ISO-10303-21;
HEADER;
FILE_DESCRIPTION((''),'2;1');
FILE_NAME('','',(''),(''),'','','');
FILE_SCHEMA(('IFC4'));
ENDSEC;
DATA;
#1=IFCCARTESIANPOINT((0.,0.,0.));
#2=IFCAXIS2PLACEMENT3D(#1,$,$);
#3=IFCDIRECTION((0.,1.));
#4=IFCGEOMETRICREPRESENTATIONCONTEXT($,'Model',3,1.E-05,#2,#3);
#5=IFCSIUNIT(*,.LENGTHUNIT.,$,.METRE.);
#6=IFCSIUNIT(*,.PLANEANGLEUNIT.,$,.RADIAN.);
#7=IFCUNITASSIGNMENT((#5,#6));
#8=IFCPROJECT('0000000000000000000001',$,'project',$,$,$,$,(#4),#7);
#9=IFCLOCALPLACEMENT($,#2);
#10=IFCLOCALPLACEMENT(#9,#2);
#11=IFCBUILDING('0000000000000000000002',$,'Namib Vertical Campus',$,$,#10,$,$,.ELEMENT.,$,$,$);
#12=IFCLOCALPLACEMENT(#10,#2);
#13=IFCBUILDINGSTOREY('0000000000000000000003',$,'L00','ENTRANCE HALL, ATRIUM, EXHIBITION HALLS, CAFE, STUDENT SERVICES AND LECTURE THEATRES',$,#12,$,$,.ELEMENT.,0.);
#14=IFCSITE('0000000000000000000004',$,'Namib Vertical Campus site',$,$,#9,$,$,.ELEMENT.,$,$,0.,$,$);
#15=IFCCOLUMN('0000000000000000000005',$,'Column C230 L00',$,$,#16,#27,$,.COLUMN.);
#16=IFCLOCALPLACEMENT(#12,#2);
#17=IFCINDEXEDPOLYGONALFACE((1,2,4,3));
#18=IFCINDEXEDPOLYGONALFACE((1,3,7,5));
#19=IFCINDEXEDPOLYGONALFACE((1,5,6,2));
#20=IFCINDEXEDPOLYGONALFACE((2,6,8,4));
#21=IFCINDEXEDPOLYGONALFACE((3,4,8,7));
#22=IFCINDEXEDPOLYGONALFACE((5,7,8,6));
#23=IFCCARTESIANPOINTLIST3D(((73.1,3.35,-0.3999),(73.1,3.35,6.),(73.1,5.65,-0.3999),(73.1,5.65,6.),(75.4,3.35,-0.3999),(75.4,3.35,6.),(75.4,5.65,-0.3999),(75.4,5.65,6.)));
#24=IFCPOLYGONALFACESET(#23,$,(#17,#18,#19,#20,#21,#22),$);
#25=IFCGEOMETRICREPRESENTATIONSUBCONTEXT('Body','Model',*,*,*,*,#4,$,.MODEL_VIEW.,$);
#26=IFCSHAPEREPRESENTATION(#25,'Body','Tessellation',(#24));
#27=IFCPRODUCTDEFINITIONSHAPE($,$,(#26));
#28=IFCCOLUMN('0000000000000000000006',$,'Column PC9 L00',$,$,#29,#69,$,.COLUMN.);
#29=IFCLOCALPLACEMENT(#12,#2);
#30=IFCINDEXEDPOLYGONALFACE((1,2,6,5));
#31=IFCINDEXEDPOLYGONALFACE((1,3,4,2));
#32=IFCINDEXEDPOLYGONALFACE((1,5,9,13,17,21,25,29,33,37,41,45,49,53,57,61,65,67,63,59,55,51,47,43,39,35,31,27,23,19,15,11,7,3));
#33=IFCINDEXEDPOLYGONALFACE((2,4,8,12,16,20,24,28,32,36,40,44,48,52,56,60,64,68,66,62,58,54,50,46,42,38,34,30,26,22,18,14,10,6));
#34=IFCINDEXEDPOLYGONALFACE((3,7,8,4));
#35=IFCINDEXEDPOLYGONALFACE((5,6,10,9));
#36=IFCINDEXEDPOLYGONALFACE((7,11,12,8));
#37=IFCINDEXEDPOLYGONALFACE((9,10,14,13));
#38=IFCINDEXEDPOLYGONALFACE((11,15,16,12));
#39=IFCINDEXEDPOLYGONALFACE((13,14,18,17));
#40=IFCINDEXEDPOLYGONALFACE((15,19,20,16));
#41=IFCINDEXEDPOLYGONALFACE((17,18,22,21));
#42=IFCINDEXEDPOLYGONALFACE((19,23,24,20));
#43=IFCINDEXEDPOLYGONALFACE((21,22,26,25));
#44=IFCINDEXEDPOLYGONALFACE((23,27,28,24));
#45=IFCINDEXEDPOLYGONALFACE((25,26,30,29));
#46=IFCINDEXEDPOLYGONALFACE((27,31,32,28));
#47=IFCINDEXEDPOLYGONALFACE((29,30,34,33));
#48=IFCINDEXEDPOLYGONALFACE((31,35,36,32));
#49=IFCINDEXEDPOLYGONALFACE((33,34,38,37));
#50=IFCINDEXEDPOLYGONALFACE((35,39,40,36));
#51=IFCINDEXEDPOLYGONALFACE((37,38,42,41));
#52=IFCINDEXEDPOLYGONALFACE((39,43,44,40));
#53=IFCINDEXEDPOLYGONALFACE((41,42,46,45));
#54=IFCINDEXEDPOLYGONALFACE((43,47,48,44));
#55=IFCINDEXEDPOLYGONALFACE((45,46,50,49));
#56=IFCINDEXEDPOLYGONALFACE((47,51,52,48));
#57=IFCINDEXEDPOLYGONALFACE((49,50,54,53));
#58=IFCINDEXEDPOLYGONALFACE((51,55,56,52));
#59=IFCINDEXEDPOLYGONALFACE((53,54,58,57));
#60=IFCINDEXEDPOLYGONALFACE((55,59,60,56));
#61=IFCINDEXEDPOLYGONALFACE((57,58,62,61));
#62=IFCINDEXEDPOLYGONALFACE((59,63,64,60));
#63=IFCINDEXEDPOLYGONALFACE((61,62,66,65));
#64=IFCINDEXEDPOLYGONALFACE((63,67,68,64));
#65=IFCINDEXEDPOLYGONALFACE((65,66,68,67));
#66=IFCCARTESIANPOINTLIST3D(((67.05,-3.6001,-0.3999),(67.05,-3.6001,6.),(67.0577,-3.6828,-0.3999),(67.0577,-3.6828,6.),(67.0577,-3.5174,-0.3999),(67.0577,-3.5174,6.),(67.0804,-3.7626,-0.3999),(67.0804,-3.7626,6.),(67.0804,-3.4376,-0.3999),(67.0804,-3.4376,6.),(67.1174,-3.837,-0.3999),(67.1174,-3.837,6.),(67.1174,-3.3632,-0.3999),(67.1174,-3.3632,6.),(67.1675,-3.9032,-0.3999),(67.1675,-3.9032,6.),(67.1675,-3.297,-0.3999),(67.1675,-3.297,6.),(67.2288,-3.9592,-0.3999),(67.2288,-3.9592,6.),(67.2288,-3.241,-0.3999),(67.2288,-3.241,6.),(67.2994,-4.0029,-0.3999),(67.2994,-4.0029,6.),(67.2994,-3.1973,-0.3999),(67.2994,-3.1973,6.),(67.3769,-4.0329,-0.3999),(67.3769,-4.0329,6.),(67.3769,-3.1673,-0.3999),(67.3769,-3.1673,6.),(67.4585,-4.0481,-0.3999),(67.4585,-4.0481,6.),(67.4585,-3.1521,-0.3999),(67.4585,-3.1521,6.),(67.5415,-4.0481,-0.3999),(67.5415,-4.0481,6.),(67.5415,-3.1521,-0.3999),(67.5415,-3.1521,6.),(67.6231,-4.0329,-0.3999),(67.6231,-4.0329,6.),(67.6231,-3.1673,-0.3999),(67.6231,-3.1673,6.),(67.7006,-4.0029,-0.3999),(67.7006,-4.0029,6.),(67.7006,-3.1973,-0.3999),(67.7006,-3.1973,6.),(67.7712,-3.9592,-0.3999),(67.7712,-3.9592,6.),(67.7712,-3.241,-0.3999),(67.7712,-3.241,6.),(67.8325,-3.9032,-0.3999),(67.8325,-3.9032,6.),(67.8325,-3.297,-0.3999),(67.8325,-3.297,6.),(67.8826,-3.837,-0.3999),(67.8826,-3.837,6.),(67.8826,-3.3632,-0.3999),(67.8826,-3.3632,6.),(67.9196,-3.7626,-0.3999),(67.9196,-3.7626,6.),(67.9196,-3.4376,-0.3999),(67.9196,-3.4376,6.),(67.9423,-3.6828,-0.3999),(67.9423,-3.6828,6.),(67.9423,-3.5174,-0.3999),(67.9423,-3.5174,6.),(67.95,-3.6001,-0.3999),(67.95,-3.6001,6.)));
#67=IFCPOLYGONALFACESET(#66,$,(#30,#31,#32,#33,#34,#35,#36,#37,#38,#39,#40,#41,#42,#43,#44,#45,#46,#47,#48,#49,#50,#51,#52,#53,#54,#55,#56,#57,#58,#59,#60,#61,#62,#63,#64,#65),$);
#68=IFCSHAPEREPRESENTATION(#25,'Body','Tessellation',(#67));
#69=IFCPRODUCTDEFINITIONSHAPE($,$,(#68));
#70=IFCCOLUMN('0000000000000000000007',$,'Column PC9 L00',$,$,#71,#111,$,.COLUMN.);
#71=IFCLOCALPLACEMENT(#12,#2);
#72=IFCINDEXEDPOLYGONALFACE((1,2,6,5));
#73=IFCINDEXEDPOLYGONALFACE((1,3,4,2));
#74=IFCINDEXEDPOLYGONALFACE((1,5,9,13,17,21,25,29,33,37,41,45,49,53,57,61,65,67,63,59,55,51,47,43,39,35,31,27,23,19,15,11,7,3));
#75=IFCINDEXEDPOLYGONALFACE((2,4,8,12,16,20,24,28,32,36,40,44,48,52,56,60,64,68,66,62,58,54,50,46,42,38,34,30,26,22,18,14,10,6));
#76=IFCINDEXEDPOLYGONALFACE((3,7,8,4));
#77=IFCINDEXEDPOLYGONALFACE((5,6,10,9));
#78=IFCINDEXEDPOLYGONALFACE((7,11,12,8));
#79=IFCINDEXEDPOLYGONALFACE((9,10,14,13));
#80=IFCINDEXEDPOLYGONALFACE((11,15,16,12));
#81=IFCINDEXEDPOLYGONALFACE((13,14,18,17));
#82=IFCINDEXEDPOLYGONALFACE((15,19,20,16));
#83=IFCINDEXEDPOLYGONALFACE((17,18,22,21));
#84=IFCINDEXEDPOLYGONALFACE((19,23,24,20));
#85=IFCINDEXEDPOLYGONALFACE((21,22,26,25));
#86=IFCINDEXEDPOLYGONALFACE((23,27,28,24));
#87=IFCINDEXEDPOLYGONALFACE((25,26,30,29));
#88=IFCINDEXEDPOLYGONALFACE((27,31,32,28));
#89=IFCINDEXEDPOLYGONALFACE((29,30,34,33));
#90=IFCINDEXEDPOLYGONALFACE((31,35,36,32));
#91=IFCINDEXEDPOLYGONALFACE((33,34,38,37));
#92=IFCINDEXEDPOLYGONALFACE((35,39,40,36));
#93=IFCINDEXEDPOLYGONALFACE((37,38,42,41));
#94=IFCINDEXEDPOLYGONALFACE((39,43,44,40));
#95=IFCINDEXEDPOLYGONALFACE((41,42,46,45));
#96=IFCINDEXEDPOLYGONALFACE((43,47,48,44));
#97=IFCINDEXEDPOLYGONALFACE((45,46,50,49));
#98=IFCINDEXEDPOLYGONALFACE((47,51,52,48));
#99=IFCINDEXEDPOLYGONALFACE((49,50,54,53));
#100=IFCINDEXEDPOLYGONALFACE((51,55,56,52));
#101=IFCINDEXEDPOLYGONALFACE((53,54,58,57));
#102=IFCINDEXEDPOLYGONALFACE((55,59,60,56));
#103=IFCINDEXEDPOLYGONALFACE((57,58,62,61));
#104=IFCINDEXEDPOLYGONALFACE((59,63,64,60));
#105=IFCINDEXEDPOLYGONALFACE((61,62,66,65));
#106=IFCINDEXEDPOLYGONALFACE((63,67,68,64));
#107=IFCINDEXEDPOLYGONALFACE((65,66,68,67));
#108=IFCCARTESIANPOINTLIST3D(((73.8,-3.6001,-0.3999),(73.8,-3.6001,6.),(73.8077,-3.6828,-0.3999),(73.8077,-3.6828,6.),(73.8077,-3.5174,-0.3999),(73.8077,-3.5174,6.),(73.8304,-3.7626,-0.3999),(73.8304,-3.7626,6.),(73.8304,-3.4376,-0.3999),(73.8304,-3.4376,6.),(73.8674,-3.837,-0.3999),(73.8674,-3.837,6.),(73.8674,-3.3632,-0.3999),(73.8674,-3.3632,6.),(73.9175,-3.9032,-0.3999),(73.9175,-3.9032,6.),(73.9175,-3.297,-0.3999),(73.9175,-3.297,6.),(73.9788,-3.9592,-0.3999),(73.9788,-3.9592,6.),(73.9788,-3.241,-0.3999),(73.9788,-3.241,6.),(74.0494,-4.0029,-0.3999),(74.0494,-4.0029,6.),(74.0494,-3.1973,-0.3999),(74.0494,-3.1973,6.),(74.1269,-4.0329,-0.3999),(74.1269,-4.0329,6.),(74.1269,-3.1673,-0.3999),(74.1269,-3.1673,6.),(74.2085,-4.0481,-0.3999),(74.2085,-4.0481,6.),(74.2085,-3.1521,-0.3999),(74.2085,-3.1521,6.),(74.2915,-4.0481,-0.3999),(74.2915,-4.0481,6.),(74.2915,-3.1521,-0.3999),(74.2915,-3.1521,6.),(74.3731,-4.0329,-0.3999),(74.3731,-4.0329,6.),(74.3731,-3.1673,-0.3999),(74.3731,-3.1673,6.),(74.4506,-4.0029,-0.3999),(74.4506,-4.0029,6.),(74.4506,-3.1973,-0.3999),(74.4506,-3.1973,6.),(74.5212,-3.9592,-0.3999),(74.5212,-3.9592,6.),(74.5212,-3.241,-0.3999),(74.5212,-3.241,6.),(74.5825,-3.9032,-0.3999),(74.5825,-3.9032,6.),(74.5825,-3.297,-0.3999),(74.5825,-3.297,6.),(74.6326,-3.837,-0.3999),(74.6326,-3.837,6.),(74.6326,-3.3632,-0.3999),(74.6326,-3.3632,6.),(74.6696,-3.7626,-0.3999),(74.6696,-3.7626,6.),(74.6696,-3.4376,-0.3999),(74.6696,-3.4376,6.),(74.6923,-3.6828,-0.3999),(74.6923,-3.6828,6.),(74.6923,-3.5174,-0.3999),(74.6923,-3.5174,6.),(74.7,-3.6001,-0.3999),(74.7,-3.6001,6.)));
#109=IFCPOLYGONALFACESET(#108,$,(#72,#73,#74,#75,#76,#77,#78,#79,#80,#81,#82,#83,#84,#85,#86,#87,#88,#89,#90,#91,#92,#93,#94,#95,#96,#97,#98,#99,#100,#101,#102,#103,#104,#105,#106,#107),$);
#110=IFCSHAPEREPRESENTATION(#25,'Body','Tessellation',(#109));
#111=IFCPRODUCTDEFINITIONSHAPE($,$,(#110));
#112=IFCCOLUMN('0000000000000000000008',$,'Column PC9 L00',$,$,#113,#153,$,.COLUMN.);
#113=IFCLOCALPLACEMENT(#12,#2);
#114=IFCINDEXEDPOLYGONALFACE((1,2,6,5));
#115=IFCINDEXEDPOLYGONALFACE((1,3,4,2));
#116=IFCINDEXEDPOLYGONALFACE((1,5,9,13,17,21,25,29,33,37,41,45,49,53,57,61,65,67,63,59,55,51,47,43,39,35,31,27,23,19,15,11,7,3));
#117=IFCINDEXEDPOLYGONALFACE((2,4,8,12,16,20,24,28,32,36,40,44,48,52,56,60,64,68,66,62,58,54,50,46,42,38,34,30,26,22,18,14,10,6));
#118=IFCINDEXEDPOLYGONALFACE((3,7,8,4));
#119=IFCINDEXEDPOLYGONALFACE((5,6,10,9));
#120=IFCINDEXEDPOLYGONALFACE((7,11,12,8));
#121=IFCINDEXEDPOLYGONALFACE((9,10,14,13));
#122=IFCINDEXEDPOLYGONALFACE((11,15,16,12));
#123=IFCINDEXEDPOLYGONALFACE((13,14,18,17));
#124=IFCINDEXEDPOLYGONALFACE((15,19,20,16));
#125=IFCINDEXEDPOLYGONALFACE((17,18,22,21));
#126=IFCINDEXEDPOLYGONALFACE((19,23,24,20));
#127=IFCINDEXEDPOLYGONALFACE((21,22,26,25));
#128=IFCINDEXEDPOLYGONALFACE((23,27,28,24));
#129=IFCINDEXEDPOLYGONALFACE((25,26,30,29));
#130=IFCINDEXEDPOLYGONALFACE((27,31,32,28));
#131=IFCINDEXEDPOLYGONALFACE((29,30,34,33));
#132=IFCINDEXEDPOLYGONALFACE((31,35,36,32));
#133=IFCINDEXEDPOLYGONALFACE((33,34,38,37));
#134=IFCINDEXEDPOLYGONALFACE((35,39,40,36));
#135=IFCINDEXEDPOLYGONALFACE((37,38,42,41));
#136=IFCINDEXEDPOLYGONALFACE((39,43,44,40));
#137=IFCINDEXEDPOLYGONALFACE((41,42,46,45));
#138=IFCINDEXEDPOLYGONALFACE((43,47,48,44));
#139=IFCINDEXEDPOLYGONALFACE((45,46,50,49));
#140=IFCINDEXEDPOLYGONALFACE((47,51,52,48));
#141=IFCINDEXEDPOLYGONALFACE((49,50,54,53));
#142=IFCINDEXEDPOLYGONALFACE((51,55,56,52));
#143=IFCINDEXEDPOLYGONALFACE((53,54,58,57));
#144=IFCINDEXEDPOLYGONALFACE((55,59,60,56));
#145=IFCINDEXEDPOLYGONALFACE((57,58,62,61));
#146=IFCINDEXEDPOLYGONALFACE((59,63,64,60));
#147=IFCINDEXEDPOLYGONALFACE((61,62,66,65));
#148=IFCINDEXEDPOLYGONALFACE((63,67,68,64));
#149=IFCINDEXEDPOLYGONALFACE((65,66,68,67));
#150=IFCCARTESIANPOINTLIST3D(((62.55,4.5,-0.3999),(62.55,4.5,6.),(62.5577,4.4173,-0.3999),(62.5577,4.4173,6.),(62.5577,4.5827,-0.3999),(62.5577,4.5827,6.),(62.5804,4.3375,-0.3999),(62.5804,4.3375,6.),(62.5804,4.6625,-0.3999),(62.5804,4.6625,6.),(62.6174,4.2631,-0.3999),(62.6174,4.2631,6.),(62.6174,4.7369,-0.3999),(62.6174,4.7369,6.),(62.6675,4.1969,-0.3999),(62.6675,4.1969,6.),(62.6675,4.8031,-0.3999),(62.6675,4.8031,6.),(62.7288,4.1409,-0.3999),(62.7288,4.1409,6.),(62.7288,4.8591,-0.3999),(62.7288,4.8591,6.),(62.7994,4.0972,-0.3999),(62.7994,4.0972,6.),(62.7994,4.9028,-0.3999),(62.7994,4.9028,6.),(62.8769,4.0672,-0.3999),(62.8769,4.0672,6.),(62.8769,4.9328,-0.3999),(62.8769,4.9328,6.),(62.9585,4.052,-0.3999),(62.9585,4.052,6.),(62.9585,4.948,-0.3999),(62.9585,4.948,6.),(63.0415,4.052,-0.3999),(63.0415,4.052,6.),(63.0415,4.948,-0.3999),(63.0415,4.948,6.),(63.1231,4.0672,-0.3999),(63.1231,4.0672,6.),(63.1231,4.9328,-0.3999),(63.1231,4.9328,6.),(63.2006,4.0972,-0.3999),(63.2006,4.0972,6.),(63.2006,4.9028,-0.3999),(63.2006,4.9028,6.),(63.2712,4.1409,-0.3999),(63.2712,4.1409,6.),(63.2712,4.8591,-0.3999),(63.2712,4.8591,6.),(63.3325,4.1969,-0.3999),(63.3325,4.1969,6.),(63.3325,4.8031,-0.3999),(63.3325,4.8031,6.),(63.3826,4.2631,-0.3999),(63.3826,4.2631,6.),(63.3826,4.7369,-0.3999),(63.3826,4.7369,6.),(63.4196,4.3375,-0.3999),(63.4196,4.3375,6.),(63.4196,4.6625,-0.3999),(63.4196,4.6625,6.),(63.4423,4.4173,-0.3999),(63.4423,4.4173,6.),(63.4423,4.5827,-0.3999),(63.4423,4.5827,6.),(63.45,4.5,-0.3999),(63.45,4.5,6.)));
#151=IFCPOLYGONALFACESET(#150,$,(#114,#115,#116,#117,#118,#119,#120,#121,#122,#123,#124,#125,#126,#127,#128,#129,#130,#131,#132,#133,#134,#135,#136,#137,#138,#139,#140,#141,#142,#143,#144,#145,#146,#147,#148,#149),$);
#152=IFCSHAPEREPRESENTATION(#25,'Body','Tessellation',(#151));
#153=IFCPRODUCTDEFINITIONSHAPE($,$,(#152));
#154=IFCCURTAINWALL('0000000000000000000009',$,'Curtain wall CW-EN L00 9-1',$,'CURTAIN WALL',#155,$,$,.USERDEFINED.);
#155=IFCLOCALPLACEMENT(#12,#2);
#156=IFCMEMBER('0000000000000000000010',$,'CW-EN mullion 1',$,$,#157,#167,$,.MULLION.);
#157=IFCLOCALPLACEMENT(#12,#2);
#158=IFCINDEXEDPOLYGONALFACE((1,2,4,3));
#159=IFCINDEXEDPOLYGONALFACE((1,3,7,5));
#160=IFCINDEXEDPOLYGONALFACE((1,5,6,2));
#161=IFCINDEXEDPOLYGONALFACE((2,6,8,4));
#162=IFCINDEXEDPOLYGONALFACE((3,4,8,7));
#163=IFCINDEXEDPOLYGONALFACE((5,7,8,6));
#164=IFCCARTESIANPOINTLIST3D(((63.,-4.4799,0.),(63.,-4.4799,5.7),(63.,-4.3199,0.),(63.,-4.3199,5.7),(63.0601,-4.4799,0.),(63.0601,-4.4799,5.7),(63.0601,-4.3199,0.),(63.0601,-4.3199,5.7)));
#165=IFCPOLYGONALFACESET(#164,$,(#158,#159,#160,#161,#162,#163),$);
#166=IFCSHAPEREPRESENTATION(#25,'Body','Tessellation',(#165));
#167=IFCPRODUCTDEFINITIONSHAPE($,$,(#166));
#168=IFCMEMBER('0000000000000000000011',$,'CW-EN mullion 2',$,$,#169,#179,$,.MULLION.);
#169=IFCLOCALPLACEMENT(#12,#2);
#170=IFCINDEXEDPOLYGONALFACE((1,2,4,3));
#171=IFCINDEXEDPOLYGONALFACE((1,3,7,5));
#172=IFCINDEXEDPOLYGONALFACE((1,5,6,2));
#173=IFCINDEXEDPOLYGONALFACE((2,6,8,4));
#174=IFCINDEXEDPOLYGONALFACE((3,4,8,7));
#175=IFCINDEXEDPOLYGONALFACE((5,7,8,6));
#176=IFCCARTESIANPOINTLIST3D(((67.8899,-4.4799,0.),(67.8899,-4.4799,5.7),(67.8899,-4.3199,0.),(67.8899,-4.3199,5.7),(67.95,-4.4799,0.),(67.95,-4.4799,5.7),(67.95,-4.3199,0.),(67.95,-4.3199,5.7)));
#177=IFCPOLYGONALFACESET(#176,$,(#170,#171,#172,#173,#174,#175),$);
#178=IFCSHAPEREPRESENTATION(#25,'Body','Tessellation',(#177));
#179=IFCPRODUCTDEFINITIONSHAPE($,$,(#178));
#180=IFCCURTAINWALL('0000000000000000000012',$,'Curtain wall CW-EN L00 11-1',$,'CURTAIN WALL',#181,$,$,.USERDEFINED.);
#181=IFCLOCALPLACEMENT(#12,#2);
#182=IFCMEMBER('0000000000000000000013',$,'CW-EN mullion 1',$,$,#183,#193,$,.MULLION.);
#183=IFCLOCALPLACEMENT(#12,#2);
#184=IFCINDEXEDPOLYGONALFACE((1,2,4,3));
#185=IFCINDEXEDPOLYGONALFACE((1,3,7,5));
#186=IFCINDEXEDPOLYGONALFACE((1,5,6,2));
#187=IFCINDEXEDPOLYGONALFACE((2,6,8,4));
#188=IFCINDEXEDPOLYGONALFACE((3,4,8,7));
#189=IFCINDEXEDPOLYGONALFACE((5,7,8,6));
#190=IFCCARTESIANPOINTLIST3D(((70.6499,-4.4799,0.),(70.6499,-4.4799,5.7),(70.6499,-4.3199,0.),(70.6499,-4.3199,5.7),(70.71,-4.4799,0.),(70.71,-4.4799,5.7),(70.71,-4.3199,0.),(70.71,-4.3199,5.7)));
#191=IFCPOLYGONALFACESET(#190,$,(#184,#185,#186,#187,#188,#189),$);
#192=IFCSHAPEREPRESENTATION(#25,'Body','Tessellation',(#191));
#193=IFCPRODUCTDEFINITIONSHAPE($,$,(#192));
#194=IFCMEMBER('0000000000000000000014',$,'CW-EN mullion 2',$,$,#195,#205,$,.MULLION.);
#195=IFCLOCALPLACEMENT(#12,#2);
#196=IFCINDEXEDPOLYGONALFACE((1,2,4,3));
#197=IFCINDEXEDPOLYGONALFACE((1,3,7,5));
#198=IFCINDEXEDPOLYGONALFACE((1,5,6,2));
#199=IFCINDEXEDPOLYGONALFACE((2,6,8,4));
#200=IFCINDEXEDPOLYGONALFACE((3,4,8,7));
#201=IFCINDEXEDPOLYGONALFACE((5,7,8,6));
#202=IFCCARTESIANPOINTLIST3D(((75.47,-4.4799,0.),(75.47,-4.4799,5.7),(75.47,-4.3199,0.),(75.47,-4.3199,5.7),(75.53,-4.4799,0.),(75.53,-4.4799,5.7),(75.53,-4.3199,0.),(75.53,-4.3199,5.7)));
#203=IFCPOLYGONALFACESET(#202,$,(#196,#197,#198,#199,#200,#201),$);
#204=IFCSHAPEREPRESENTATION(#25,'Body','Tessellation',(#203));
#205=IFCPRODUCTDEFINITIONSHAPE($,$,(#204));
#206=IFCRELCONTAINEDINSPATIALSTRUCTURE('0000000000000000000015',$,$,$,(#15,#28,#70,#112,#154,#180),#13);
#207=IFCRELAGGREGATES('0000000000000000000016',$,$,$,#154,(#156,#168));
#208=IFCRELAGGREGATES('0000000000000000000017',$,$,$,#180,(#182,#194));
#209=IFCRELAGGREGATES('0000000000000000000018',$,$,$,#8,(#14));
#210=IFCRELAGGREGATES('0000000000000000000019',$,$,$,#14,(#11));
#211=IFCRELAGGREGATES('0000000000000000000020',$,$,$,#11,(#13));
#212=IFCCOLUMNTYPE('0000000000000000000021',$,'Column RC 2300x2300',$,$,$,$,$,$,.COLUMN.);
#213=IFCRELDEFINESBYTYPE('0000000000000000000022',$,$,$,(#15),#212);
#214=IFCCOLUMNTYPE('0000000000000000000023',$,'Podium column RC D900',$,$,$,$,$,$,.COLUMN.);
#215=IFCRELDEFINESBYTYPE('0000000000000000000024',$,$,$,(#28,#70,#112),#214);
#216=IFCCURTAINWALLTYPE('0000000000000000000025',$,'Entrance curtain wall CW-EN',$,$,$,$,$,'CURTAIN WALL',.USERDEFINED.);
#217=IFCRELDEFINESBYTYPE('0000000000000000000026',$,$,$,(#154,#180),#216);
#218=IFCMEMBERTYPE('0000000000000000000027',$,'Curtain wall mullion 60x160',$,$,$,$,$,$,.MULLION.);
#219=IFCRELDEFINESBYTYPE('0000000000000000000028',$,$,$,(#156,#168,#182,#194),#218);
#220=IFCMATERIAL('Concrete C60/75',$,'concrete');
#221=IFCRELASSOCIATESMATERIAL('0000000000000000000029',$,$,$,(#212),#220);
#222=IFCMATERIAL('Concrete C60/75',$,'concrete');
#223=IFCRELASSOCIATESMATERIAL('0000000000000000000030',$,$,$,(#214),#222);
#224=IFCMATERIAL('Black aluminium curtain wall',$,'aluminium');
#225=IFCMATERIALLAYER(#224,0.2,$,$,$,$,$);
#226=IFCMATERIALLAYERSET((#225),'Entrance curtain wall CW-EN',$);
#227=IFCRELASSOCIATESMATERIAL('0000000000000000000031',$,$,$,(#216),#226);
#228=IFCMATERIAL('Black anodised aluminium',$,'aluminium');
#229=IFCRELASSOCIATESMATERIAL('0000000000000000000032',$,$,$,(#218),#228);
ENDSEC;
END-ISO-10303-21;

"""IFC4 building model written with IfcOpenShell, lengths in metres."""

from ifc_helpers import new_model, si_unit, direction, frame, origin, origin_2d, place, context, subcontext, project, spatial, rectangle, circle, extrude, material, layer, layer_set, material_profile, profile_set, type_object, element, aggregate, save


model = new_model("IFC4")

# Units and contexts
model_context = context("Model", 3, precision=1e-05, world=origin(), true_north=direction((0.0, 1.0)))
body_context = subcontext(model_context, "Body", "Model", "MODEL_VIEW")
ifc_project = project(units=[si_unit("LENGTHUNIT", "METRE"), si_unit("PLANEANGLEUNIT", "RADIAN")], contexts=[model_context])

# Site, building, storey
site_placement = place(None, origin())
site = spatial("IfcSite", under=ifc_project, at=site_placement, Name="Namib Vertical Campus site", CompositionType="ELEMENT", RefElevation=0.0)
building_placement = place(site_placement, origin())
building = spatial("IfcBuilding", under=site, at=building_placement, Name="Namib Vertical Campus", CompositionType="ELEMENT")
storey_placement = place(building_placement, origin())
storey = spatial("IfcBuildingStorey", under=building, at=storey_placement, Name="L00", Description="ENTRANCE HALL, ATRIUM, EXHIBITION HALLS, CAFE, STUDENT SERVICES AND LECTURE THEATRES", CompositionType="ELEMENT", Elevation=0.0)

# Columns
ifc_material_1 = material(Name="Concrete C60/75", Category="concrete")
ifc_material_profile_1 = material_profile(ifc_material_1, rectangle(XDim=2.3, YDim=2.3, at=origin_2d()))
ifc_profile_set_1 = profile_set([ifc_material_profile_1], Name="Concrete C60/75")
column_type_1 = type_object("IfcColumnType", Name="Column RC 2300x2300", PredefinedType="COLUMN", material=ifc_profile_set_1)
for number, where, z_axis, x_axis, name in (
    (1, (74.25, 4.5, -0.3999), (0.0, 0.0, 1.0), (1.0, 0.0, 0.0), "Column C230 L00"),
):
    element("IfcColumn", number, at=place(storey_placement, frame(where, z_axis=z_axis, x_axis=x_axis)), inside=storey, type_object=column_type_1, Name=name, PredefinedType="COLUMN", context=body_context, shape_type="SweptSolid", body=[
        extrude(rectangle(XDim=2.3, YDim=2.3, at=origin_2d()), origin(), (0.0, 0.0, 1.0), 6.3999),
    ])
ifc_material_2 = material(Name="Concrete C60/75", Category="concrete")
ifc_material_profile_2 = material_profile(ifc_material_2, circle(Radius=0.45, at=origin_2d()))
ifc_profile_set_2 = profile_set([ifc_material_profile_2], Name="Concrete C60/75")
column_type_2 = type_object("IfcColumnType", Name="Podium column RC D900", PredefinedType="COLUMN", material=ifc_profile_set_2)
for number, where, z_axis, x_axis, name in (
    (2, (67.5, -3.6001, -0.3999), (0.0, 0.0, 1.0), (1.0, 0.0, 0.0), "Column PC9 L00"),
    (3, (74.25, -3.6001, -0.3999), (0.0, 0.0, 1.0), (1.0, 0.0, 0.0), "Column PC9 L00"),
    (4, (63.0, 4.5, -0.3999), (0.0, 0.0, 1.0), (1.0, 0.0, 0.0), "Column PC9 L00"),
):
    element("IfcColumn", number, at=place(storey_placement, frame(where, z_axis=z_axis, x_axis=x_axis)), inside=storey, type_object=column_type_2, Name=name, PredefinedType="COLUMN", context=body_context, shape_type="SweptSolid", body=[
        extrude(circle(Radius=0.45, at=origin_2d()), origin(), (0.0, 0.0, 1.0), 6.3999),
    ])

# Curtain walls, members
ifc_material_3 = material(Name="Black aluminium curtain wall", Category="aluminium")
ifc_layer_1 = layer(ifc_material_3, 0.2)
ifc_layer_set_1 = layer_set([ifc_layer_1], Name="Entrance curtain wall CW-EN")
curtain_wall_type = type_object("IfcCurtainWallType", Name="Entrance curtain wall CW-EN", ElementType="CURTAIN WALL", PredefinedType="USERDEFINED", material=ifc_layer_set_1)
curtain_wall_1_placement = place(storey_placement, origin())
curtain_wall_1 = element("IfcCurtainWall", 5, at=curtain_wall_1_placement, inside=storey, type_object=curtain_wall_type, Name="Curtain wall CW-EN L00 9-1", ObjectType="CURTAIN WALL", PredefinedType="USERDEFINED")
ifc_material_4 = material(Name="Black anodised aluminium", Category="aluminium")
ifc_material_profile_3 = material_profile(ifc_material_4, rectangle(XDim=0.0601, YDim=0.1599, at=origin_2d()))
ifc_profile_set_3 = profile_set([ifc_material_profile_3], Name="Black anodised aluminium")
member_type_1 = type_object("IfcMemberType", Name="Curtain wall mullion 60x160", PredefinedType="MULLION", material=ifc_profile_set_3)
member_1_placement = place(storey_placement, frame((63.03, -4.3999, 0.0), z_axis=(0.0, 0.0, 1.0), x_axis=(1.0, 0.0, 0.0)))
member_1 = element("IfcMember", 6, at=member_1_placement, type_object=member_type_1, Name="CW-EN mullion 1", PredefinedType="MULLION", context=body_context, shape_type="SweptSolid", body=[
    extrude(rectangle(XDim=0.0601, YDim=0.1599, at=origin_2d()), origin(), (0.0, 0.0, 1.0), 5.7),
])
member_2_placement = place(storey_placement, frame((67.9199, -4.3999, 0.0), z_axis=(0.0, 0.0, 1.0), x_axis=(1.0, 0.0, 0.0)))
member_2 = element("IfcMember", 7, at=member_2_placement, type_object=member_type_1, Name="CW-EN mullion 2", PredefinedType="MULLION", context=body_context, shape_type="SweptSolid", body=[
    extrude(rectangle(XDim=0.0601, YDim=0.1599, at=origin_2d()), origin(), (0.0, 0.0, 1.0), 5.7),
])
curtain_wall_2_placement = place(storey_placement, origin())
curtain_wall_2 = element("IfcCurtainWall", 8, at=curtain_wall_2_placement, inside=storey, type_object=curtain_wall_type, Name="Curtain wall CW-EN L00 11-1", ObjectType="CURTAIN WALL", PredefinedType="USERDEFINED")
member_3_placement = place(storey_placement, frame((70.6799, -4.3999, 0.0), z_axis=(0.0, 0.0, 1.0), x_axis=(1.0, 0.0, 0.0)))
member_3 = element("IfcMember", 9, at=member_3_placement, type_object=member_type_1, Name="CW-EN mullion 1", PredefinedType="MULLION", context=body_context, shape_type="SweptSolid", body=[
    extrude(rectangle(XDim=0.0601, YDim=0.1599, at=origin_2d()), origin(), (0.0, 0.0, 1.0), 5.7),
])
member_4_placement = place(storey_placement, frame((75.5, -4.3999, 0.0), z_axis=(0.0, 0.0, 1.0), x_axis=(1.0, 0.0, 0.0)))
member_4 = element("IfcMember", 10, at=member_4_placement, type_object=member_type_1, Name="CW-EN mullion 2", PredefinedType="MULLION", context=body_context, shape_type="SweptSolid", body=[
    extrude(rectangle(XDim=0.0601, YDim=0.1599, at=origin_2d()), origin(), (0.0, 0.0, 1.0), 5.7),
])

aggregate(curtain_wall_1, [member_1, member_2])
aggregate(curtain_wall_2, [member_3, member_4])

save(model, "model.ifc")
